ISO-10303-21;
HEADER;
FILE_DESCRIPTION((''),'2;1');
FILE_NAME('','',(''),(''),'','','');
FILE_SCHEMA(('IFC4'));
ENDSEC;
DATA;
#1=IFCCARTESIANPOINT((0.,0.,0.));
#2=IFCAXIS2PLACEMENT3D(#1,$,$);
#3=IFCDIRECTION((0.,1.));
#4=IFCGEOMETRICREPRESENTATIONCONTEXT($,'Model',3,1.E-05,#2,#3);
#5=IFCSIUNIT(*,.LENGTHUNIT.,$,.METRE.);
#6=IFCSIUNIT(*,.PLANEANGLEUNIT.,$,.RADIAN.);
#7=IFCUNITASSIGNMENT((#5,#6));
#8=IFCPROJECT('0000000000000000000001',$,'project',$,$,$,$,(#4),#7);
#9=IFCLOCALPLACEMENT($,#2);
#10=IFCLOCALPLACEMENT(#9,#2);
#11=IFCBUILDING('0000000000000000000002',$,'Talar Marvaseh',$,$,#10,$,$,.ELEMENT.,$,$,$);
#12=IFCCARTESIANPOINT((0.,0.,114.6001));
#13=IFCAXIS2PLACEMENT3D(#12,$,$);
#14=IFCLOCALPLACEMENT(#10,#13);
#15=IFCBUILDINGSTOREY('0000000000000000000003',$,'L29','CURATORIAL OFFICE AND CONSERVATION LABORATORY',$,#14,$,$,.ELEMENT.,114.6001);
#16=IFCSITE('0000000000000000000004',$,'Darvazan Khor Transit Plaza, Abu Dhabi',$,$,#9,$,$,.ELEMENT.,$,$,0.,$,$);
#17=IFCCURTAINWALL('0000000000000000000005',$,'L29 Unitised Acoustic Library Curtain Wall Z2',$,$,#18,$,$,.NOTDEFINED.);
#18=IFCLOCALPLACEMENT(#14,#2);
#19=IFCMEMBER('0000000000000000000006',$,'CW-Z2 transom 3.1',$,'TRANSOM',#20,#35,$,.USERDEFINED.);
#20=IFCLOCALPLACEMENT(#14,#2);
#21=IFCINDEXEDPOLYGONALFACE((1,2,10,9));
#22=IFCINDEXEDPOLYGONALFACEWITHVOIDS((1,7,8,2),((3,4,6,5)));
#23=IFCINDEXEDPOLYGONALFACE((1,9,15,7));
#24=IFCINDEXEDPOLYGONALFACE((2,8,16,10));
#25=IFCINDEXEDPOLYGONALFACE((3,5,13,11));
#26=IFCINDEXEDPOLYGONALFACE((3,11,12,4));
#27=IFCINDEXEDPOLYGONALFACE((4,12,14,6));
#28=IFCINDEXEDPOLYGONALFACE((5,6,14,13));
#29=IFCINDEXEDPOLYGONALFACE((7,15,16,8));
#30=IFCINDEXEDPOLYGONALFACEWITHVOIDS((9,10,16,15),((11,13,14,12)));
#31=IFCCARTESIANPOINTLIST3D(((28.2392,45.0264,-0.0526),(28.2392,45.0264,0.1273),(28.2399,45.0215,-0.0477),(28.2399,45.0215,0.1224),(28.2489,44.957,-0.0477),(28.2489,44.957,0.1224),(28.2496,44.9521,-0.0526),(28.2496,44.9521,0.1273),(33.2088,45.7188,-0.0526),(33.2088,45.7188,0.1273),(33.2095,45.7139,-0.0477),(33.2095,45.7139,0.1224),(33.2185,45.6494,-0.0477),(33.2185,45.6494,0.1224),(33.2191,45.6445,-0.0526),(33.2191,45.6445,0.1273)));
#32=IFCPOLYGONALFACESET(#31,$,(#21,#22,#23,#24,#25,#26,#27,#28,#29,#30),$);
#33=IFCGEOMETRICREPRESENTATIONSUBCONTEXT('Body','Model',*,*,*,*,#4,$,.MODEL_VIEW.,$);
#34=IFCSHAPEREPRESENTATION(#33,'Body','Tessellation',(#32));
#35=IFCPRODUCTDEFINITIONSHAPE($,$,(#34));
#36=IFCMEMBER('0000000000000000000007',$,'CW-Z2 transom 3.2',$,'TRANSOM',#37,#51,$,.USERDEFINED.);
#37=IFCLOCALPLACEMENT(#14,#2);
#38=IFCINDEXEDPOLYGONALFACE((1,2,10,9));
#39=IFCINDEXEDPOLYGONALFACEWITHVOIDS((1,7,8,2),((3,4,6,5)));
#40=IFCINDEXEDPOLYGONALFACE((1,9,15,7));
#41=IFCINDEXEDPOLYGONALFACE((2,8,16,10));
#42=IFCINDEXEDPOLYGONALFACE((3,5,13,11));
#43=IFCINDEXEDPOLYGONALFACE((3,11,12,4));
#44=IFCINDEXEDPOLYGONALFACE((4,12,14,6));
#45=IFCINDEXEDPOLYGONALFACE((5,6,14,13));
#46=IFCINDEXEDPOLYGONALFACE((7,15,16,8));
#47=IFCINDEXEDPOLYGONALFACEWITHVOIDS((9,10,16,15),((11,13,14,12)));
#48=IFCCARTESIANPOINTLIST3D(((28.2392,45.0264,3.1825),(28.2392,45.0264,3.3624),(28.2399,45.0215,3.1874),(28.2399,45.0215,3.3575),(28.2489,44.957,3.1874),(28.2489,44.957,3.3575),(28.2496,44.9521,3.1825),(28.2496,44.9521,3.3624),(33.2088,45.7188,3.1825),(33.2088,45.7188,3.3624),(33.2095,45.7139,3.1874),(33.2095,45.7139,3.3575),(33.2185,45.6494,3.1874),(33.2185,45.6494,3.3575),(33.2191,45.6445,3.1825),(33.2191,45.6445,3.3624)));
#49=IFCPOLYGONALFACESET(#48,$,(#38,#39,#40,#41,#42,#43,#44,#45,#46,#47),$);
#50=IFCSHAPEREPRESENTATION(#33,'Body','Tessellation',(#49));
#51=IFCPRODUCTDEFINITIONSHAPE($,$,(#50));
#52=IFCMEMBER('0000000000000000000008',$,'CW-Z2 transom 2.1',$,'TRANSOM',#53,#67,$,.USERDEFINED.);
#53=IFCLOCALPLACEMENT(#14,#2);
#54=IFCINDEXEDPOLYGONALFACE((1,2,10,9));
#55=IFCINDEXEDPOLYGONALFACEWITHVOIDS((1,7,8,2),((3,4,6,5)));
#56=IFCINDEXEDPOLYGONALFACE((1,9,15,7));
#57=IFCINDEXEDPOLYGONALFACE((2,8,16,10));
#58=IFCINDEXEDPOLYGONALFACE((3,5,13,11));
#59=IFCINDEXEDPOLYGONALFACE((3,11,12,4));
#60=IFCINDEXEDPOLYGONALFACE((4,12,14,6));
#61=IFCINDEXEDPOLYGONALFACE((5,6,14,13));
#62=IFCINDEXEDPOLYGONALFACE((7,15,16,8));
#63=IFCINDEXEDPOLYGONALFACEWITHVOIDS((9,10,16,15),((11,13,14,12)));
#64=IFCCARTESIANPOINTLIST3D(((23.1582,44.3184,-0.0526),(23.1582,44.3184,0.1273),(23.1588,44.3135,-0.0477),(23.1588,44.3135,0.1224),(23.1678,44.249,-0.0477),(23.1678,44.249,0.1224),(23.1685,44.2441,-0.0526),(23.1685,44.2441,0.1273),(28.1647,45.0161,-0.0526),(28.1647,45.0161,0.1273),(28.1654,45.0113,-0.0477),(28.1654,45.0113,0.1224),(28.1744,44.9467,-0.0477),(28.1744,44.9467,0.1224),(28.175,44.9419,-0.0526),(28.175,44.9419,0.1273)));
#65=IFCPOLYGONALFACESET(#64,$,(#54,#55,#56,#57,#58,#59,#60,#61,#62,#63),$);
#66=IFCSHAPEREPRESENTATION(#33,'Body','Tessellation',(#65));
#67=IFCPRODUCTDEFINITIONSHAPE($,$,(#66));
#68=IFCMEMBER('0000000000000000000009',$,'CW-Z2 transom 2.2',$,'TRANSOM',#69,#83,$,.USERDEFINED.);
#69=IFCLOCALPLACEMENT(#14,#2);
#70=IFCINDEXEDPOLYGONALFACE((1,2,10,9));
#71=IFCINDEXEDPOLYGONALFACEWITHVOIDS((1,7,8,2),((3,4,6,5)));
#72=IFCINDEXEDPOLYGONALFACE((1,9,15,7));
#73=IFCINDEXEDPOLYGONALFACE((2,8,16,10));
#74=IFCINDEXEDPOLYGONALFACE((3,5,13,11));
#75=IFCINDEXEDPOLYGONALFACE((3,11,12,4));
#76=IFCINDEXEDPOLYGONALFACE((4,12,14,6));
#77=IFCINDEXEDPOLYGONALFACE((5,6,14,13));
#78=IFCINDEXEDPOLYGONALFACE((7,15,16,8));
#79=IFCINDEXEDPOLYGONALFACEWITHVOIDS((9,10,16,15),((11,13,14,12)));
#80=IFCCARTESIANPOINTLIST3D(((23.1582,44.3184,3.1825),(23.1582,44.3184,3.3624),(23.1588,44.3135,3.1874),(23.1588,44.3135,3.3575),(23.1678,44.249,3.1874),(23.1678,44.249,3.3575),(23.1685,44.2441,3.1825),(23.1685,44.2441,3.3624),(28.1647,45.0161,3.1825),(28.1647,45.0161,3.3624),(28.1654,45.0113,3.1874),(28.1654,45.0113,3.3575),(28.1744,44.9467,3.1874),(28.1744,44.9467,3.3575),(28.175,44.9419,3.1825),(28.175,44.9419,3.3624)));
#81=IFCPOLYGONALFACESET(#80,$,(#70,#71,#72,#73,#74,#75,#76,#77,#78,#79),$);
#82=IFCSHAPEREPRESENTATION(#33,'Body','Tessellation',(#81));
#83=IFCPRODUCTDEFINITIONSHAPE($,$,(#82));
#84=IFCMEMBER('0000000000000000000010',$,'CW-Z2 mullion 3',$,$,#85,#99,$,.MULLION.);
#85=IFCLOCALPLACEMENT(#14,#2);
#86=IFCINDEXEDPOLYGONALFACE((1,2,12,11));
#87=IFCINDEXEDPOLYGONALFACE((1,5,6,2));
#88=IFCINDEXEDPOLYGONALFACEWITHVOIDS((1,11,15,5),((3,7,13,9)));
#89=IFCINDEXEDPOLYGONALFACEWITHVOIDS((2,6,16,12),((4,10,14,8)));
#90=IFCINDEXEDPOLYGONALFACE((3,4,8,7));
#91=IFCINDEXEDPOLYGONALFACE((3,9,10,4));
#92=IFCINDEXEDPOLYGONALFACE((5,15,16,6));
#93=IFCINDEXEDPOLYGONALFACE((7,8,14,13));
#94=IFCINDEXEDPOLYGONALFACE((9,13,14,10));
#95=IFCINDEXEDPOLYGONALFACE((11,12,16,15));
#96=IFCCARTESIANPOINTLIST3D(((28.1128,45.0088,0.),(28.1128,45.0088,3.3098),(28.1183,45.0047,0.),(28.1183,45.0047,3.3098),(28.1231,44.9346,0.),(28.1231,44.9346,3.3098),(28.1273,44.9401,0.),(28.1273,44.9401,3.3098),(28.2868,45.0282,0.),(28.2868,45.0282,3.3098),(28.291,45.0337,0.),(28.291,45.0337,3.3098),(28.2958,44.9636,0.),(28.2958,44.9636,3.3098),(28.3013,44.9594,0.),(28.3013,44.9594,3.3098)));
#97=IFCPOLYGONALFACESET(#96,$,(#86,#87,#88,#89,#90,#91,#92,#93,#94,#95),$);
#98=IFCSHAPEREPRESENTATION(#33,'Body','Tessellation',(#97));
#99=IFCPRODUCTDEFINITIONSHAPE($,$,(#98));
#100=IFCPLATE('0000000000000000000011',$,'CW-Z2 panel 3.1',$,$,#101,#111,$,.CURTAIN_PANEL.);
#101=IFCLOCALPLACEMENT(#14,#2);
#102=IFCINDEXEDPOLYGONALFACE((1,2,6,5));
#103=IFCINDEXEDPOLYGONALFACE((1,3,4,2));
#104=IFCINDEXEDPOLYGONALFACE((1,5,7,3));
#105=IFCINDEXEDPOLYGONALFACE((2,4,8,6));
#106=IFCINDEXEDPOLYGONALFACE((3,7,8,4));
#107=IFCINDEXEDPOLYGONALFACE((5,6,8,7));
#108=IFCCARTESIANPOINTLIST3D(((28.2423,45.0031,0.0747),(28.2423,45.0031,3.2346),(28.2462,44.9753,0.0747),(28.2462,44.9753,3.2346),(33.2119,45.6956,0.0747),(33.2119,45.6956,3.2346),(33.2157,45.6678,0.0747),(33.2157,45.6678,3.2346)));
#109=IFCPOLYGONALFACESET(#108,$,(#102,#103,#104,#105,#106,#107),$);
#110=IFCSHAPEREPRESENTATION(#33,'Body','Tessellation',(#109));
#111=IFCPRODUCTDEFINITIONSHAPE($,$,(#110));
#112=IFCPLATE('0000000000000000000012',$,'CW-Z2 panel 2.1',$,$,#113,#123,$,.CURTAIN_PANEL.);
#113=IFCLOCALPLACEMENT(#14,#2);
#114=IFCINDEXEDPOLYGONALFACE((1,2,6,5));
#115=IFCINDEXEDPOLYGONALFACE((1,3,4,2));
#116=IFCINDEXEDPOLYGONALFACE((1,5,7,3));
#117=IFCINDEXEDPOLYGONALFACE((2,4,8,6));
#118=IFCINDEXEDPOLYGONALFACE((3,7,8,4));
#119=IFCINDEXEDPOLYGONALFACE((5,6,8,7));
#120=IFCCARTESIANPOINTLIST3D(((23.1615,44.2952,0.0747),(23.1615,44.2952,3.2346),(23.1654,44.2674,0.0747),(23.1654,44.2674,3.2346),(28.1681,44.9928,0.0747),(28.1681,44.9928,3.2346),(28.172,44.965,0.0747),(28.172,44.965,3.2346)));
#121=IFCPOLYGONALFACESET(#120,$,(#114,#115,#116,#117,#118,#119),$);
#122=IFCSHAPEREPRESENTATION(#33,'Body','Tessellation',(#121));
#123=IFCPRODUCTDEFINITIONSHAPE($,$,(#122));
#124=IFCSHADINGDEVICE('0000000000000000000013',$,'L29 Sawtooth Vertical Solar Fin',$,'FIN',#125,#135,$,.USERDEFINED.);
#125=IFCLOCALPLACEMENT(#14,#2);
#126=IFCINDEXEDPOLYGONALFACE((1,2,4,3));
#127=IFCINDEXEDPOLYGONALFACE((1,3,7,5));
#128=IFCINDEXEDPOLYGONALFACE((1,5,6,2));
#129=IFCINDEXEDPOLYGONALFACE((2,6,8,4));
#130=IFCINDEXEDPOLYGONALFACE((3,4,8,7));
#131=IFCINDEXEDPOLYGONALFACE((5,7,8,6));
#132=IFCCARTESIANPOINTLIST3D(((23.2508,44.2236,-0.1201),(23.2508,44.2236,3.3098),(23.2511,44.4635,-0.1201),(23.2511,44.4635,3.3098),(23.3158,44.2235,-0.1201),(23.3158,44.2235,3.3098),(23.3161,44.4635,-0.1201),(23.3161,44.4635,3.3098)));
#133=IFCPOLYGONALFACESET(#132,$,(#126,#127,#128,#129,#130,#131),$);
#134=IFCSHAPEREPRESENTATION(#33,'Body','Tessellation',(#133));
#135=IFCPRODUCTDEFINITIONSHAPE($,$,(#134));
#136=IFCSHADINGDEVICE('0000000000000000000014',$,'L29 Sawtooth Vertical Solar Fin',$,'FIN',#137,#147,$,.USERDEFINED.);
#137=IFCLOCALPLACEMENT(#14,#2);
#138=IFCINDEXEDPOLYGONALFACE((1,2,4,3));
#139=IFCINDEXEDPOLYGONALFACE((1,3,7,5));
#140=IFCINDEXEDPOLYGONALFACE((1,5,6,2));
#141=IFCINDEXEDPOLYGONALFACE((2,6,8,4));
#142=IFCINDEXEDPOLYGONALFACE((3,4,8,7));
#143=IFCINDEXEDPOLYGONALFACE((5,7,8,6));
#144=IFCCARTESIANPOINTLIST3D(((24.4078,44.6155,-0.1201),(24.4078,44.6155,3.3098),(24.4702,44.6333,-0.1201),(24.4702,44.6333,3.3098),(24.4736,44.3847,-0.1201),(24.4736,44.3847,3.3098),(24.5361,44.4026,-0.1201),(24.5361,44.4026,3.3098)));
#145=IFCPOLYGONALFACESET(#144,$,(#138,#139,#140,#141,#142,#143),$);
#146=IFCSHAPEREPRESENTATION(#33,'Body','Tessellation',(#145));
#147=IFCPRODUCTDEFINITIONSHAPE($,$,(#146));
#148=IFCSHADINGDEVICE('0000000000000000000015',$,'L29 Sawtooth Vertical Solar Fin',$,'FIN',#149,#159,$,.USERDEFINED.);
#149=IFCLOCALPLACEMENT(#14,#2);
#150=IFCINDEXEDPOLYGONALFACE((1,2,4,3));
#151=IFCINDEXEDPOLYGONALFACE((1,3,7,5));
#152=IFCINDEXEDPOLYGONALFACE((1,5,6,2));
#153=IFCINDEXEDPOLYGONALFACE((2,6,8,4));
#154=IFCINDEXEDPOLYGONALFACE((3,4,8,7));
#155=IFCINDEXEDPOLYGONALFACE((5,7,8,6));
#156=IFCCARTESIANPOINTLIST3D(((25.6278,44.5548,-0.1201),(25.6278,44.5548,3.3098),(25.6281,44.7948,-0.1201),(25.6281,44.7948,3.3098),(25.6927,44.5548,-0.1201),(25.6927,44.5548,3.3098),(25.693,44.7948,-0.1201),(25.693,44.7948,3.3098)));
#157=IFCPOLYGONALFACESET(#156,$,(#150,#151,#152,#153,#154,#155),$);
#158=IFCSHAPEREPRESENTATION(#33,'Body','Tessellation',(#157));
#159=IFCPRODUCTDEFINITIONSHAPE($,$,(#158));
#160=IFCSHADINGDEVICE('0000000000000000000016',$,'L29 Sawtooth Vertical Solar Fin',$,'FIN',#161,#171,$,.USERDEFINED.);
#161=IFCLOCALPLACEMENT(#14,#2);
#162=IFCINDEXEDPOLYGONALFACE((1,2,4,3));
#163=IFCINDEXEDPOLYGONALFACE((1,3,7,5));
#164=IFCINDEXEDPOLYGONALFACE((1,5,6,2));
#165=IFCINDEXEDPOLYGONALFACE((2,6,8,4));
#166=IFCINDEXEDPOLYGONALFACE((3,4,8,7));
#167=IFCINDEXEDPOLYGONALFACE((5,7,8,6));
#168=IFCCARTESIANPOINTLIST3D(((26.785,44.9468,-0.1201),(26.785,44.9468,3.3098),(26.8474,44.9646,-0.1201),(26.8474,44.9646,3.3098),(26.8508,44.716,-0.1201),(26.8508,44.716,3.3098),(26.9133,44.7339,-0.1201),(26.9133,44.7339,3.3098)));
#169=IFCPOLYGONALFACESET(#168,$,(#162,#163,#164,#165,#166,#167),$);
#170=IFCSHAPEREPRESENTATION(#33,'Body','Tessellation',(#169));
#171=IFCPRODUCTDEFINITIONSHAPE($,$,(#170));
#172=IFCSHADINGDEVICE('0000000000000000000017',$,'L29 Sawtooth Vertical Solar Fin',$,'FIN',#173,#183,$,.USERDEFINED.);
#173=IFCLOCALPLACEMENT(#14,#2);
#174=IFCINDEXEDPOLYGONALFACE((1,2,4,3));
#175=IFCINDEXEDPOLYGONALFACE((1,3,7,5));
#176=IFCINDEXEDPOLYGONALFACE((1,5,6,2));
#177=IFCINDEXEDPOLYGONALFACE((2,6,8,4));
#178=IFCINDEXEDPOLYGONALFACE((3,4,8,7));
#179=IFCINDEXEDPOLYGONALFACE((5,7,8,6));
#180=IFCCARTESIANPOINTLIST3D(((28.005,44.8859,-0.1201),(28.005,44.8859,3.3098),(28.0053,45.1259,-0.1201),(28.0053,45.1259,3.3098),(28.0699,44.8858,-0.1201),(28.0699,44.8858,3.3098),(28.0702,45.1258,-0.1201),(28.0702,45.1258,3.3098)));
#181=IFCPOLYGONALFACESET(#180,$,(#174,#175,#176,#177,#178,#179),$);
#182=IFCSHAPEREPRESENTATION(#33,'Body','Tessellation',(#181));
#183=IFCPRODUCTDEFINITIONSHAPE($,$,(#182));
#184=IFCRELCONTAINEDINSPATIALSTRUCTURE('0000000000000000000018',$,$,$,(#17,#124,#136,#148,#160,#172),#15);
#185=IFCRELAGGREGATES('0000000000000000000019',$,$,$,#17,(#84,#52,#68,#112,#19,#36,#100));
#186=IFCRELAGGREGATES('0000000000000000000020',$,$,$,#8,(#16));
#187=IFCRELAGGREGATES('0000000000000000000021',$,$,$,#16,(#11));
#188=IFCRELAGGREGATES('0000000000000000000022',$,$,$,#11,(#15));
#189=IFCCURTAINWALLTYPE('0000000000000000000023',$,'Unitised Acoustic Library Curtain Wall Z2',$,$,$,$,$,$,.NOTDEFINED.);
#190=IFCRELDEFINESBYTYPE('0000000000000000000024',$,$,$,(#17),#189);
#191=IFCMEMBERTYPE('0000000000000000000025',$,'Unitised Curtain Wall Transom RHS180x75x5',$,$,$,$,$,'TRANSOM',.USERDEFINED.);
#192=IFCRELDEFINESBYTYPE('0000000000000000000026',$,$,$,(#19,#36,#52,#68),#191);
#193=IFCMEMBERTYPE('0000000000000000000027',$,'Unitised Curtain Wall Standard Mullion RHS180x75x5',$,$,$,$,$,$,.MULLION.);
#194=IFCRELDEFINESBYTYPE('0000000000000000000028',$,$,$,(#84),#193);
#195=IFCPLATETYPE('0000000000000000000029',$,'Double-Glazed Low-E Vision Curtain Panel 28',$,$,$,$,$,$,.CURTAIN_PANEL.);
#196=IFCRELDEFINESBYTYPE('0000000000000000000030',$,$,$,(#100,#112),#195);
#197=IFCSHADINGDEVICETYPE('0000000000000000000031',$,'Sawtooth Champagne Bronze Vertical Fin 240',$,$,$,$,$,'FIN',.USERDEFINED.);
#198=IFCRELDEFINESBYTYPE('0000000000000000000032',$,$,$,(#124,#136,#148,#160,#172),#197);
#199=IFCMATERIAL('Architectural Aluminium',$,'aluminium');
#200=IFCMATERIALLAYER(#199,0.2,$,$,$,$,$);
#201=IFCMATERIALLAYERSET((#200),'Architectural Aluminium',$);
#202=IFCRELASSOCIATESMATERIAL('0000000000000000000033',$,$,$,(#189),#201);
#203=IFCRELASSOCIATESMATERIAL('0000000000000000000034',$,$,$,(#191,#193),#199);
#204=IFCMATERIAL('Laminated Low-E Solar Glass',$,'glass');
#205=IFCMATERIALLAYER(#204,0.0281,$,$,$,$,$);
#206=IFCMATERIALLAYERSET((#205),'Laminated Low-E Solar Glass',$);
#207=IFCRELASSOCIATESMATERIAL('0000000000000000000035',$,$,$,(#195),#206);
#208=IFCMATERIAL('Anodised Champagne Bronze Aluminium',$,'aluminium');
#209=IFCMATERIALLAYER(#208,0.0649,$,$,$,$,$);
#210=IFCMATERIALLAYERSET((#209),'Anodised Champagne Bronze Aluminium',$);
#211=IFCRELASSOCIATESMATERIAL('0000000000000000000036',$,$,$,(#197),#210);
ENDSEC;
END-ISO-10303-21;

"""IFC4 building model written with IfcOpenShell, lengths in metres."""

from ifc_helpers import new_model, si_unit, direction, frame, origin, origin_2d, place, context, subcontext, project, spatial, rectangle, hollow_rectangle, extrude, source, transform, mapped, material, layer, layer_set, material_profile, profile_set, type_object, type_shapes, element, aggregate, save


model = new_model("IFC4")

# Units and contexts
model_context = context("Model", 3, precision=1e-05, world=origin(), true_north=direction((0.0, 1.0)))
body_context = subcontext(model_context, "Body", "Model", "MODEL_VIEW")
ifc_project = project(units=[si_unit("LENGTHUNIT", "METRE"), si_unit("PLANEANGLEUNIT", "RADIAN")], contexts=[model_context])

# Site, building, storey
site_placement = place(None, origin())
site = spatial("IfcSite", under=ifc_project, at=site_placement, Name="Darvazan Khor Transit Plaza, Abu Dhabi", CompositionType="ELEMENT", RefElevation=0.0)
building_placement = place(site_placement, origin())
building = spatial("IfcBuilding", under=site, at=building_placement, Name="Talar Marvaseh", CompositionType="ELEMENT")
storey_placement = place(building_placement, frame((0.0, 0.0, 114.6001)))
storey = spatial("IfcBuildingStorey", under=building, at=storey_placement, Name="L29", Description="CURATORIAL OFFICE AND CONSERVATION LABORATORY", CompositionType="ELEMENT", Elevation=114.6001)

# Curtain wall, members, plates
ifc_material_1 = material(Name="Architectural Aluminium", Category="aluminium")
ifc_layer_1 = layer(ifc_material_1, 0.2)
ifc_layer_set_1 = layer_set([ifc_layer_1], Name="Architectural Aluminium")
curtain_wall_type = type_object("IfcCurtainWallType", Name="Unitised Acoustic Library Curtain Wall Z2", PredefinedType="NOTDEFINED", material=ifc_layer_set_1)
curtain_wall_placement = place(storey_placement, origin())
curtain_wall = element("IfcCurtainWall", 1, at=curtain_wall_placement, inside=storey, type_object=curtain_wall_type, Name="L29 Unitised Acoustic Library Curtain Wall Z2", PredefinedType="NOTDEFINED")
ifc_material_profile_1 = material_profile(ifc_material_1, hollow_rectangle(XDim=0.075, YDim=0.1799, WallThickness=0.0049, at=origin_2d()), Name="RHS180x75x5")
ifc_profile_set_1 = profile_set([ifc_material_profile_1], Name="Architectural Aluminium")
member_type_1 = type_object("IfcMemberType", Name="Unitised Curtain Wall Transom RHS180x75x5", ElementType="TRANSOM", PredefinedType="USERDEFINED", material=ifc_profile_set_1)
shared_shape_1 = source(origin(), body_context, "Body", "SweptSolid", [
    extrude(hollow_rectangle(XDim=0.075, YDim=0.1799, WallThickness=0.0049, at=origin_2d()), origin(), (0.0, 0.0, 1.0), 5.0176),
])
member_1_placement = place(storey_placement, frame((28.2444, 44.9893, 0.0374), z_axis=(0.990433, 0.137994, 0.0), x_axis=(-0.137994, 0.990433, 0.0)))
member_1 = element("IfcMember", 2, at=member_1_placement, type_object=member_type_1, Name="CW-Z2 transom 3.1", ObjectType="TRANSOM", PredefinedType="USERDEFINED", context=body_context, shape_type="MappedRepresentation", body=[
    mapped(shared_shape_1, transform((0.0, 0.0, 0.0), x_axis=(1.0, 0.0, 0.0), y_axis=(0.0, 1.0, 0.0), z_axis=(0.0, 0.0, 1.0), scale=1.0)),
])
member_2_placement = place(storey_placement, frame((28.2444, 44.9893, 3.2725), z_axis=(0.990433, 0.137994, 0.0), x_axis=(-0.137994, 0.990433, 0.0)))
member_2 = element("IfcMember", 3, at=member_2_placement, type_object=member_type_1, Name="CW-Z2 transom 3.2", ObjectType="TRANSOM", PredefinedType="USERDEFINED", context=body_context, shape_type="MappedRepresentation", body=[
    mapped(shared_shape_1, transform((0.0, 0.0, 0.0), x_axis=(1.0, 0.0, 0.0), y_axis=(0.0, 1.0, 0.0), z_axis=(0.0, 0.0, 1.0), scale=1.0)),
])
shared_shape_2 = source(origin(), body_context, "Body", "SweptSolid", [
    extrude(hollow_rectangle(XDim=0.075, YDim=0.1799, WallThickness=0.0049, at=origin_2d()), origin(), (0.0, 0.0, 1.0), 5.0549),
])
type_shapes(member_type_1, [shared_shape_1, shared_shape_2])
member_3_placement = place(storey_placement, frame((23.1633, 44.2812, 0.0374), z_axis=(0.990428, 0.138033, 0.0), x_axis=(-0.138033, 0.990428, 0.0)))
member_3 = element("IfcMember", 4, at=member_3_placement, type_object=member_type_1, Name="CW-Z2 transom 2.1", ObjectType="TRANSOM", PredefinedType="USERDEFINED", context=body_context, shape_type="MappedRepresentation", body=[
    mapped(shared_shape_2, transform((0.0, 0.0, 0.0), x_axis=(1.0, 0.0, 0.0), y_axis=(0.0, 1.0, 0.0), z_axis=(0.0, 0.0, 1.0), scale=1.0)),
])
member_4_placement = place(storey_placement, frame((23.1633, 44.2812, 3.2725), z_axis=(0.990428, 0.138033, 0.0), x_axis=(-0.138033, 0.990428, 0.0)))
member_4 = element("IfcMember", 5, at=member_4_placement, type_object=member_type_1, Name="CW-Z2 transom 2.2", ObjectType="TRANSOM", PredefinedType="USERDEFINED", context=body_context, shape_type="MappedRepresentation", body=[
    mapped(shared_shape_2, transform((0.0, 0.0, 0.0), x_axis=(1.0, 0.0, 0.0), y_axis=(0.0, 1.0, 0.0), z_axis=(0.0, 0.0, 1.0), scale=1.0)),
])
ifc_material_profile_2 = material_profile(ifc_material_1, hollow_rectangle(XDim=0.075, YDim=0.1799, WallThickness=0.0049, at=origin_2d()), Name="RHS180x75x5")
ifc_profile_set_2 = profile_set([ifc_material_profile_2], Name="Architectural Aluminium")
member_type_2 = type_object("IfcMemberType", Name="Unitised Curtain Wall Standard Mullion RHS180x75x5", PredefinedType="MULLION", material=ifc_profile_set_2)
shared_shape_3 = source(origin(), body_context, "Body", "SweptSolid", [
    extrude(hollow_rectangle(XDim=0.075, YDim=0.1799, WallThickness=0.0049, at=origin_2d()), origin(), (0.0, 0.0, 1.0), 3.3098),
])
type_shapes(member_type_2, [shared_shape_3])
member_5_placement = place(storey_placement, frame((28.207, 44.9841, 0.0), z_axis=(0.0, 0.0, 1.0), x_axis=(-0.137997, 0.990433, 0.0)))
member_5 = element("IfcMember", 6, at=member_5_placement, type_object=member_type_2, Name="CW-Z2 mullion 3", PredefinedType="MULLION", context=body_context, shape_type="MappedRepresentation", body=[
    mapped(shared_shape_3, transform((0.0, 0.0, 0.0), x_axis=(1.0, 0.0, 0.0), y_axis=(0.0, 1.0, 0.0), z_axis=(0.0, 0.0, 1.0), scale=1.0)),
])
ifc_material_2 = material(Name="Laminated Low-E Solar Glass", Category="glass")
ifc_layer_2 = layer(ifc_material_2, 0.0281)
ifc_layer_set_2 = layer_set([ifc_layer_2], Name="Laminated Low-E Solar Glass")
plate_type = type_object("IfcPlateType", Name="Double-Glazed Low-E Vision Curtain Panel 28", PredefinedType="CURTAIN_PANEL", material=ifc_layer_set_2)
shared_shape_4 = source(origin(), body_context, "Body", "SweptSolid", [
    extrude(rectangle(XDim=5.0176, YDim=0.0281, at=origin_2d()), origin(), (0.0, 0.0, 1.0), 3.1599),
])
plate_1_placement = place(storey_placement, frame((30.729, 45.3354, 0.0747), z_axis=(0.0, 0.0, 1.0), x_axis=(0.990433, 0.137997, 0.0)))
plate_1 = element("IfcPlate", 7, at=plate_1_placement, type_object=plate_type, Name="CW-Z2 panel 3.1", PredefinedType="CURTAIN_PANEL", context=body_context, shape_type="MappedRepresentation", body=[
    mapped(shared_shape_4, transform((0.0, 0.0, 0.0), x_axis=(1.0, 0.0, 0.0), y_axis=(0.0, 1.0, 0.0), z_axis=(0.0, 0.0, 1.0), scale=1.0)),
])
shared_shape_5 = source(origin(), body_context, "Body", "SweptSolid", [
    extrude(rectangle(XDim=5.0549, YDim=0.0281, at=origin_2d()), origin(), (0.0, 0.0, 1.0), 3.1599),
])
type_shapes(plate_type, [shared_shape_4, shared_shape_5])
plate_2_placement = place(storey_placement, frame((25.6667, 44.6301, 0.0747), z_axis=(0.0, 0.0, 1.0), x_axis=(0.990433, 0.137997, 0.0)))
plate_2 = element("IfcPlate", 8, at=plate_2_placement, type_object=plate_type, Name="CW-Z2 panel 2.1", PredefinedType="CURTAIN_PANEL", context=body_context, shape_type="MappedRepresentation", body=[
    mapped(shared_shape_5, transform((0.0, 0.0, 0.0), x_axis=(1.0, 0.0, 0.0), y_axis=(0.0, 1.0, 0.0), z_axis=(0.0, 0.0, 1.0), scale=1.0)),
])
aggregate(curtain_wall, [member_5, member_3, member_4, plate_2, member_1, member_2, plate_1])

# Shading devices
ifc_material_3 = material(Name="Anodised Champagne Bronze Aluminium", Category="aluminium")
ifc_layer_3 = layer(ifc_material_3, 0.0649)
ifc_layer_set_3 = layer_set([ifc_layer_3], Name="Anodised Champagne Bronze Aluminium")
shading_device_type = type_object("IfcShadingDeviceType", Name="Sawtooth Champagne Bronze Vertical Fin 240", ElementType="FIN", PredefinedType="USERDEFINED", material=ifc_layer_set_3)
shared_shape_6 = source(origin(), body_context, "Body", "SweptSolid", [
    extrude(rectangle(XDim=0.24, YDim=0.0649, at=origin_2d()), origin(), (0.0, 0.0, 1.0), 3.4299),
])
type_shapes(shading_device_type, [shared_shape_6])
for number, where, z_axis, x_axis, name in (
    (9, (23.2834, 44.3435, -0.1201), (0.0, 0.0, 1.0), (0.001222, 0.999999, 0.0), "L29 Sawtooth Vertical Solar Fin"),
    (10, (24.4719, 44.509, -0.1201), (0.0, 0.0, 1.0), (-0.274463, 0.961598, 0.0), "L29 Sawtooth Vertical Solar Fin"),
    (11, (25.6604, 44.6748, -0.1201), (0.0, 0.0, 1.0), (0.001222, 0.999999, 0.0), "L29 Sawtooth Vertical Solar Fin"),
    (12, (26.8491, 44.8403, -0.1201), (0.0, 0.0, 1.0), (-0.274463, 0.961598, 0.0), "L29 Sawtooth Vertical Solar Fin"),
    (13, (28.0376, 45.0059, -0.1201), (0.0, 0.0, 1.0), (0.001222, 0.999999, 0.0), "L29 Sawtooth Vertical Solar Fin"),
):
    element("IfcShadingDevice", number, at=place(storey_placement, frame(where, z_axis=z_axis, x_axis=x_axis)), inside=storey, type_object=shading_device_type, Name=name, ObjectType="FIN", PredefinedType="USERDEFINED", context=body_context, shape_type="MappedRepresentation", body=[
        mapped(shared_shape_6, transform((0.0, 0.0, 0.0), x_axis=(1.0, 0.0, 0.0), y_axis=(0.0, 1.0, 0.0), z_axis=(0.0, 0.0, 1.0), scale=1.0)),
    ])

save(model, "model.ifc")
